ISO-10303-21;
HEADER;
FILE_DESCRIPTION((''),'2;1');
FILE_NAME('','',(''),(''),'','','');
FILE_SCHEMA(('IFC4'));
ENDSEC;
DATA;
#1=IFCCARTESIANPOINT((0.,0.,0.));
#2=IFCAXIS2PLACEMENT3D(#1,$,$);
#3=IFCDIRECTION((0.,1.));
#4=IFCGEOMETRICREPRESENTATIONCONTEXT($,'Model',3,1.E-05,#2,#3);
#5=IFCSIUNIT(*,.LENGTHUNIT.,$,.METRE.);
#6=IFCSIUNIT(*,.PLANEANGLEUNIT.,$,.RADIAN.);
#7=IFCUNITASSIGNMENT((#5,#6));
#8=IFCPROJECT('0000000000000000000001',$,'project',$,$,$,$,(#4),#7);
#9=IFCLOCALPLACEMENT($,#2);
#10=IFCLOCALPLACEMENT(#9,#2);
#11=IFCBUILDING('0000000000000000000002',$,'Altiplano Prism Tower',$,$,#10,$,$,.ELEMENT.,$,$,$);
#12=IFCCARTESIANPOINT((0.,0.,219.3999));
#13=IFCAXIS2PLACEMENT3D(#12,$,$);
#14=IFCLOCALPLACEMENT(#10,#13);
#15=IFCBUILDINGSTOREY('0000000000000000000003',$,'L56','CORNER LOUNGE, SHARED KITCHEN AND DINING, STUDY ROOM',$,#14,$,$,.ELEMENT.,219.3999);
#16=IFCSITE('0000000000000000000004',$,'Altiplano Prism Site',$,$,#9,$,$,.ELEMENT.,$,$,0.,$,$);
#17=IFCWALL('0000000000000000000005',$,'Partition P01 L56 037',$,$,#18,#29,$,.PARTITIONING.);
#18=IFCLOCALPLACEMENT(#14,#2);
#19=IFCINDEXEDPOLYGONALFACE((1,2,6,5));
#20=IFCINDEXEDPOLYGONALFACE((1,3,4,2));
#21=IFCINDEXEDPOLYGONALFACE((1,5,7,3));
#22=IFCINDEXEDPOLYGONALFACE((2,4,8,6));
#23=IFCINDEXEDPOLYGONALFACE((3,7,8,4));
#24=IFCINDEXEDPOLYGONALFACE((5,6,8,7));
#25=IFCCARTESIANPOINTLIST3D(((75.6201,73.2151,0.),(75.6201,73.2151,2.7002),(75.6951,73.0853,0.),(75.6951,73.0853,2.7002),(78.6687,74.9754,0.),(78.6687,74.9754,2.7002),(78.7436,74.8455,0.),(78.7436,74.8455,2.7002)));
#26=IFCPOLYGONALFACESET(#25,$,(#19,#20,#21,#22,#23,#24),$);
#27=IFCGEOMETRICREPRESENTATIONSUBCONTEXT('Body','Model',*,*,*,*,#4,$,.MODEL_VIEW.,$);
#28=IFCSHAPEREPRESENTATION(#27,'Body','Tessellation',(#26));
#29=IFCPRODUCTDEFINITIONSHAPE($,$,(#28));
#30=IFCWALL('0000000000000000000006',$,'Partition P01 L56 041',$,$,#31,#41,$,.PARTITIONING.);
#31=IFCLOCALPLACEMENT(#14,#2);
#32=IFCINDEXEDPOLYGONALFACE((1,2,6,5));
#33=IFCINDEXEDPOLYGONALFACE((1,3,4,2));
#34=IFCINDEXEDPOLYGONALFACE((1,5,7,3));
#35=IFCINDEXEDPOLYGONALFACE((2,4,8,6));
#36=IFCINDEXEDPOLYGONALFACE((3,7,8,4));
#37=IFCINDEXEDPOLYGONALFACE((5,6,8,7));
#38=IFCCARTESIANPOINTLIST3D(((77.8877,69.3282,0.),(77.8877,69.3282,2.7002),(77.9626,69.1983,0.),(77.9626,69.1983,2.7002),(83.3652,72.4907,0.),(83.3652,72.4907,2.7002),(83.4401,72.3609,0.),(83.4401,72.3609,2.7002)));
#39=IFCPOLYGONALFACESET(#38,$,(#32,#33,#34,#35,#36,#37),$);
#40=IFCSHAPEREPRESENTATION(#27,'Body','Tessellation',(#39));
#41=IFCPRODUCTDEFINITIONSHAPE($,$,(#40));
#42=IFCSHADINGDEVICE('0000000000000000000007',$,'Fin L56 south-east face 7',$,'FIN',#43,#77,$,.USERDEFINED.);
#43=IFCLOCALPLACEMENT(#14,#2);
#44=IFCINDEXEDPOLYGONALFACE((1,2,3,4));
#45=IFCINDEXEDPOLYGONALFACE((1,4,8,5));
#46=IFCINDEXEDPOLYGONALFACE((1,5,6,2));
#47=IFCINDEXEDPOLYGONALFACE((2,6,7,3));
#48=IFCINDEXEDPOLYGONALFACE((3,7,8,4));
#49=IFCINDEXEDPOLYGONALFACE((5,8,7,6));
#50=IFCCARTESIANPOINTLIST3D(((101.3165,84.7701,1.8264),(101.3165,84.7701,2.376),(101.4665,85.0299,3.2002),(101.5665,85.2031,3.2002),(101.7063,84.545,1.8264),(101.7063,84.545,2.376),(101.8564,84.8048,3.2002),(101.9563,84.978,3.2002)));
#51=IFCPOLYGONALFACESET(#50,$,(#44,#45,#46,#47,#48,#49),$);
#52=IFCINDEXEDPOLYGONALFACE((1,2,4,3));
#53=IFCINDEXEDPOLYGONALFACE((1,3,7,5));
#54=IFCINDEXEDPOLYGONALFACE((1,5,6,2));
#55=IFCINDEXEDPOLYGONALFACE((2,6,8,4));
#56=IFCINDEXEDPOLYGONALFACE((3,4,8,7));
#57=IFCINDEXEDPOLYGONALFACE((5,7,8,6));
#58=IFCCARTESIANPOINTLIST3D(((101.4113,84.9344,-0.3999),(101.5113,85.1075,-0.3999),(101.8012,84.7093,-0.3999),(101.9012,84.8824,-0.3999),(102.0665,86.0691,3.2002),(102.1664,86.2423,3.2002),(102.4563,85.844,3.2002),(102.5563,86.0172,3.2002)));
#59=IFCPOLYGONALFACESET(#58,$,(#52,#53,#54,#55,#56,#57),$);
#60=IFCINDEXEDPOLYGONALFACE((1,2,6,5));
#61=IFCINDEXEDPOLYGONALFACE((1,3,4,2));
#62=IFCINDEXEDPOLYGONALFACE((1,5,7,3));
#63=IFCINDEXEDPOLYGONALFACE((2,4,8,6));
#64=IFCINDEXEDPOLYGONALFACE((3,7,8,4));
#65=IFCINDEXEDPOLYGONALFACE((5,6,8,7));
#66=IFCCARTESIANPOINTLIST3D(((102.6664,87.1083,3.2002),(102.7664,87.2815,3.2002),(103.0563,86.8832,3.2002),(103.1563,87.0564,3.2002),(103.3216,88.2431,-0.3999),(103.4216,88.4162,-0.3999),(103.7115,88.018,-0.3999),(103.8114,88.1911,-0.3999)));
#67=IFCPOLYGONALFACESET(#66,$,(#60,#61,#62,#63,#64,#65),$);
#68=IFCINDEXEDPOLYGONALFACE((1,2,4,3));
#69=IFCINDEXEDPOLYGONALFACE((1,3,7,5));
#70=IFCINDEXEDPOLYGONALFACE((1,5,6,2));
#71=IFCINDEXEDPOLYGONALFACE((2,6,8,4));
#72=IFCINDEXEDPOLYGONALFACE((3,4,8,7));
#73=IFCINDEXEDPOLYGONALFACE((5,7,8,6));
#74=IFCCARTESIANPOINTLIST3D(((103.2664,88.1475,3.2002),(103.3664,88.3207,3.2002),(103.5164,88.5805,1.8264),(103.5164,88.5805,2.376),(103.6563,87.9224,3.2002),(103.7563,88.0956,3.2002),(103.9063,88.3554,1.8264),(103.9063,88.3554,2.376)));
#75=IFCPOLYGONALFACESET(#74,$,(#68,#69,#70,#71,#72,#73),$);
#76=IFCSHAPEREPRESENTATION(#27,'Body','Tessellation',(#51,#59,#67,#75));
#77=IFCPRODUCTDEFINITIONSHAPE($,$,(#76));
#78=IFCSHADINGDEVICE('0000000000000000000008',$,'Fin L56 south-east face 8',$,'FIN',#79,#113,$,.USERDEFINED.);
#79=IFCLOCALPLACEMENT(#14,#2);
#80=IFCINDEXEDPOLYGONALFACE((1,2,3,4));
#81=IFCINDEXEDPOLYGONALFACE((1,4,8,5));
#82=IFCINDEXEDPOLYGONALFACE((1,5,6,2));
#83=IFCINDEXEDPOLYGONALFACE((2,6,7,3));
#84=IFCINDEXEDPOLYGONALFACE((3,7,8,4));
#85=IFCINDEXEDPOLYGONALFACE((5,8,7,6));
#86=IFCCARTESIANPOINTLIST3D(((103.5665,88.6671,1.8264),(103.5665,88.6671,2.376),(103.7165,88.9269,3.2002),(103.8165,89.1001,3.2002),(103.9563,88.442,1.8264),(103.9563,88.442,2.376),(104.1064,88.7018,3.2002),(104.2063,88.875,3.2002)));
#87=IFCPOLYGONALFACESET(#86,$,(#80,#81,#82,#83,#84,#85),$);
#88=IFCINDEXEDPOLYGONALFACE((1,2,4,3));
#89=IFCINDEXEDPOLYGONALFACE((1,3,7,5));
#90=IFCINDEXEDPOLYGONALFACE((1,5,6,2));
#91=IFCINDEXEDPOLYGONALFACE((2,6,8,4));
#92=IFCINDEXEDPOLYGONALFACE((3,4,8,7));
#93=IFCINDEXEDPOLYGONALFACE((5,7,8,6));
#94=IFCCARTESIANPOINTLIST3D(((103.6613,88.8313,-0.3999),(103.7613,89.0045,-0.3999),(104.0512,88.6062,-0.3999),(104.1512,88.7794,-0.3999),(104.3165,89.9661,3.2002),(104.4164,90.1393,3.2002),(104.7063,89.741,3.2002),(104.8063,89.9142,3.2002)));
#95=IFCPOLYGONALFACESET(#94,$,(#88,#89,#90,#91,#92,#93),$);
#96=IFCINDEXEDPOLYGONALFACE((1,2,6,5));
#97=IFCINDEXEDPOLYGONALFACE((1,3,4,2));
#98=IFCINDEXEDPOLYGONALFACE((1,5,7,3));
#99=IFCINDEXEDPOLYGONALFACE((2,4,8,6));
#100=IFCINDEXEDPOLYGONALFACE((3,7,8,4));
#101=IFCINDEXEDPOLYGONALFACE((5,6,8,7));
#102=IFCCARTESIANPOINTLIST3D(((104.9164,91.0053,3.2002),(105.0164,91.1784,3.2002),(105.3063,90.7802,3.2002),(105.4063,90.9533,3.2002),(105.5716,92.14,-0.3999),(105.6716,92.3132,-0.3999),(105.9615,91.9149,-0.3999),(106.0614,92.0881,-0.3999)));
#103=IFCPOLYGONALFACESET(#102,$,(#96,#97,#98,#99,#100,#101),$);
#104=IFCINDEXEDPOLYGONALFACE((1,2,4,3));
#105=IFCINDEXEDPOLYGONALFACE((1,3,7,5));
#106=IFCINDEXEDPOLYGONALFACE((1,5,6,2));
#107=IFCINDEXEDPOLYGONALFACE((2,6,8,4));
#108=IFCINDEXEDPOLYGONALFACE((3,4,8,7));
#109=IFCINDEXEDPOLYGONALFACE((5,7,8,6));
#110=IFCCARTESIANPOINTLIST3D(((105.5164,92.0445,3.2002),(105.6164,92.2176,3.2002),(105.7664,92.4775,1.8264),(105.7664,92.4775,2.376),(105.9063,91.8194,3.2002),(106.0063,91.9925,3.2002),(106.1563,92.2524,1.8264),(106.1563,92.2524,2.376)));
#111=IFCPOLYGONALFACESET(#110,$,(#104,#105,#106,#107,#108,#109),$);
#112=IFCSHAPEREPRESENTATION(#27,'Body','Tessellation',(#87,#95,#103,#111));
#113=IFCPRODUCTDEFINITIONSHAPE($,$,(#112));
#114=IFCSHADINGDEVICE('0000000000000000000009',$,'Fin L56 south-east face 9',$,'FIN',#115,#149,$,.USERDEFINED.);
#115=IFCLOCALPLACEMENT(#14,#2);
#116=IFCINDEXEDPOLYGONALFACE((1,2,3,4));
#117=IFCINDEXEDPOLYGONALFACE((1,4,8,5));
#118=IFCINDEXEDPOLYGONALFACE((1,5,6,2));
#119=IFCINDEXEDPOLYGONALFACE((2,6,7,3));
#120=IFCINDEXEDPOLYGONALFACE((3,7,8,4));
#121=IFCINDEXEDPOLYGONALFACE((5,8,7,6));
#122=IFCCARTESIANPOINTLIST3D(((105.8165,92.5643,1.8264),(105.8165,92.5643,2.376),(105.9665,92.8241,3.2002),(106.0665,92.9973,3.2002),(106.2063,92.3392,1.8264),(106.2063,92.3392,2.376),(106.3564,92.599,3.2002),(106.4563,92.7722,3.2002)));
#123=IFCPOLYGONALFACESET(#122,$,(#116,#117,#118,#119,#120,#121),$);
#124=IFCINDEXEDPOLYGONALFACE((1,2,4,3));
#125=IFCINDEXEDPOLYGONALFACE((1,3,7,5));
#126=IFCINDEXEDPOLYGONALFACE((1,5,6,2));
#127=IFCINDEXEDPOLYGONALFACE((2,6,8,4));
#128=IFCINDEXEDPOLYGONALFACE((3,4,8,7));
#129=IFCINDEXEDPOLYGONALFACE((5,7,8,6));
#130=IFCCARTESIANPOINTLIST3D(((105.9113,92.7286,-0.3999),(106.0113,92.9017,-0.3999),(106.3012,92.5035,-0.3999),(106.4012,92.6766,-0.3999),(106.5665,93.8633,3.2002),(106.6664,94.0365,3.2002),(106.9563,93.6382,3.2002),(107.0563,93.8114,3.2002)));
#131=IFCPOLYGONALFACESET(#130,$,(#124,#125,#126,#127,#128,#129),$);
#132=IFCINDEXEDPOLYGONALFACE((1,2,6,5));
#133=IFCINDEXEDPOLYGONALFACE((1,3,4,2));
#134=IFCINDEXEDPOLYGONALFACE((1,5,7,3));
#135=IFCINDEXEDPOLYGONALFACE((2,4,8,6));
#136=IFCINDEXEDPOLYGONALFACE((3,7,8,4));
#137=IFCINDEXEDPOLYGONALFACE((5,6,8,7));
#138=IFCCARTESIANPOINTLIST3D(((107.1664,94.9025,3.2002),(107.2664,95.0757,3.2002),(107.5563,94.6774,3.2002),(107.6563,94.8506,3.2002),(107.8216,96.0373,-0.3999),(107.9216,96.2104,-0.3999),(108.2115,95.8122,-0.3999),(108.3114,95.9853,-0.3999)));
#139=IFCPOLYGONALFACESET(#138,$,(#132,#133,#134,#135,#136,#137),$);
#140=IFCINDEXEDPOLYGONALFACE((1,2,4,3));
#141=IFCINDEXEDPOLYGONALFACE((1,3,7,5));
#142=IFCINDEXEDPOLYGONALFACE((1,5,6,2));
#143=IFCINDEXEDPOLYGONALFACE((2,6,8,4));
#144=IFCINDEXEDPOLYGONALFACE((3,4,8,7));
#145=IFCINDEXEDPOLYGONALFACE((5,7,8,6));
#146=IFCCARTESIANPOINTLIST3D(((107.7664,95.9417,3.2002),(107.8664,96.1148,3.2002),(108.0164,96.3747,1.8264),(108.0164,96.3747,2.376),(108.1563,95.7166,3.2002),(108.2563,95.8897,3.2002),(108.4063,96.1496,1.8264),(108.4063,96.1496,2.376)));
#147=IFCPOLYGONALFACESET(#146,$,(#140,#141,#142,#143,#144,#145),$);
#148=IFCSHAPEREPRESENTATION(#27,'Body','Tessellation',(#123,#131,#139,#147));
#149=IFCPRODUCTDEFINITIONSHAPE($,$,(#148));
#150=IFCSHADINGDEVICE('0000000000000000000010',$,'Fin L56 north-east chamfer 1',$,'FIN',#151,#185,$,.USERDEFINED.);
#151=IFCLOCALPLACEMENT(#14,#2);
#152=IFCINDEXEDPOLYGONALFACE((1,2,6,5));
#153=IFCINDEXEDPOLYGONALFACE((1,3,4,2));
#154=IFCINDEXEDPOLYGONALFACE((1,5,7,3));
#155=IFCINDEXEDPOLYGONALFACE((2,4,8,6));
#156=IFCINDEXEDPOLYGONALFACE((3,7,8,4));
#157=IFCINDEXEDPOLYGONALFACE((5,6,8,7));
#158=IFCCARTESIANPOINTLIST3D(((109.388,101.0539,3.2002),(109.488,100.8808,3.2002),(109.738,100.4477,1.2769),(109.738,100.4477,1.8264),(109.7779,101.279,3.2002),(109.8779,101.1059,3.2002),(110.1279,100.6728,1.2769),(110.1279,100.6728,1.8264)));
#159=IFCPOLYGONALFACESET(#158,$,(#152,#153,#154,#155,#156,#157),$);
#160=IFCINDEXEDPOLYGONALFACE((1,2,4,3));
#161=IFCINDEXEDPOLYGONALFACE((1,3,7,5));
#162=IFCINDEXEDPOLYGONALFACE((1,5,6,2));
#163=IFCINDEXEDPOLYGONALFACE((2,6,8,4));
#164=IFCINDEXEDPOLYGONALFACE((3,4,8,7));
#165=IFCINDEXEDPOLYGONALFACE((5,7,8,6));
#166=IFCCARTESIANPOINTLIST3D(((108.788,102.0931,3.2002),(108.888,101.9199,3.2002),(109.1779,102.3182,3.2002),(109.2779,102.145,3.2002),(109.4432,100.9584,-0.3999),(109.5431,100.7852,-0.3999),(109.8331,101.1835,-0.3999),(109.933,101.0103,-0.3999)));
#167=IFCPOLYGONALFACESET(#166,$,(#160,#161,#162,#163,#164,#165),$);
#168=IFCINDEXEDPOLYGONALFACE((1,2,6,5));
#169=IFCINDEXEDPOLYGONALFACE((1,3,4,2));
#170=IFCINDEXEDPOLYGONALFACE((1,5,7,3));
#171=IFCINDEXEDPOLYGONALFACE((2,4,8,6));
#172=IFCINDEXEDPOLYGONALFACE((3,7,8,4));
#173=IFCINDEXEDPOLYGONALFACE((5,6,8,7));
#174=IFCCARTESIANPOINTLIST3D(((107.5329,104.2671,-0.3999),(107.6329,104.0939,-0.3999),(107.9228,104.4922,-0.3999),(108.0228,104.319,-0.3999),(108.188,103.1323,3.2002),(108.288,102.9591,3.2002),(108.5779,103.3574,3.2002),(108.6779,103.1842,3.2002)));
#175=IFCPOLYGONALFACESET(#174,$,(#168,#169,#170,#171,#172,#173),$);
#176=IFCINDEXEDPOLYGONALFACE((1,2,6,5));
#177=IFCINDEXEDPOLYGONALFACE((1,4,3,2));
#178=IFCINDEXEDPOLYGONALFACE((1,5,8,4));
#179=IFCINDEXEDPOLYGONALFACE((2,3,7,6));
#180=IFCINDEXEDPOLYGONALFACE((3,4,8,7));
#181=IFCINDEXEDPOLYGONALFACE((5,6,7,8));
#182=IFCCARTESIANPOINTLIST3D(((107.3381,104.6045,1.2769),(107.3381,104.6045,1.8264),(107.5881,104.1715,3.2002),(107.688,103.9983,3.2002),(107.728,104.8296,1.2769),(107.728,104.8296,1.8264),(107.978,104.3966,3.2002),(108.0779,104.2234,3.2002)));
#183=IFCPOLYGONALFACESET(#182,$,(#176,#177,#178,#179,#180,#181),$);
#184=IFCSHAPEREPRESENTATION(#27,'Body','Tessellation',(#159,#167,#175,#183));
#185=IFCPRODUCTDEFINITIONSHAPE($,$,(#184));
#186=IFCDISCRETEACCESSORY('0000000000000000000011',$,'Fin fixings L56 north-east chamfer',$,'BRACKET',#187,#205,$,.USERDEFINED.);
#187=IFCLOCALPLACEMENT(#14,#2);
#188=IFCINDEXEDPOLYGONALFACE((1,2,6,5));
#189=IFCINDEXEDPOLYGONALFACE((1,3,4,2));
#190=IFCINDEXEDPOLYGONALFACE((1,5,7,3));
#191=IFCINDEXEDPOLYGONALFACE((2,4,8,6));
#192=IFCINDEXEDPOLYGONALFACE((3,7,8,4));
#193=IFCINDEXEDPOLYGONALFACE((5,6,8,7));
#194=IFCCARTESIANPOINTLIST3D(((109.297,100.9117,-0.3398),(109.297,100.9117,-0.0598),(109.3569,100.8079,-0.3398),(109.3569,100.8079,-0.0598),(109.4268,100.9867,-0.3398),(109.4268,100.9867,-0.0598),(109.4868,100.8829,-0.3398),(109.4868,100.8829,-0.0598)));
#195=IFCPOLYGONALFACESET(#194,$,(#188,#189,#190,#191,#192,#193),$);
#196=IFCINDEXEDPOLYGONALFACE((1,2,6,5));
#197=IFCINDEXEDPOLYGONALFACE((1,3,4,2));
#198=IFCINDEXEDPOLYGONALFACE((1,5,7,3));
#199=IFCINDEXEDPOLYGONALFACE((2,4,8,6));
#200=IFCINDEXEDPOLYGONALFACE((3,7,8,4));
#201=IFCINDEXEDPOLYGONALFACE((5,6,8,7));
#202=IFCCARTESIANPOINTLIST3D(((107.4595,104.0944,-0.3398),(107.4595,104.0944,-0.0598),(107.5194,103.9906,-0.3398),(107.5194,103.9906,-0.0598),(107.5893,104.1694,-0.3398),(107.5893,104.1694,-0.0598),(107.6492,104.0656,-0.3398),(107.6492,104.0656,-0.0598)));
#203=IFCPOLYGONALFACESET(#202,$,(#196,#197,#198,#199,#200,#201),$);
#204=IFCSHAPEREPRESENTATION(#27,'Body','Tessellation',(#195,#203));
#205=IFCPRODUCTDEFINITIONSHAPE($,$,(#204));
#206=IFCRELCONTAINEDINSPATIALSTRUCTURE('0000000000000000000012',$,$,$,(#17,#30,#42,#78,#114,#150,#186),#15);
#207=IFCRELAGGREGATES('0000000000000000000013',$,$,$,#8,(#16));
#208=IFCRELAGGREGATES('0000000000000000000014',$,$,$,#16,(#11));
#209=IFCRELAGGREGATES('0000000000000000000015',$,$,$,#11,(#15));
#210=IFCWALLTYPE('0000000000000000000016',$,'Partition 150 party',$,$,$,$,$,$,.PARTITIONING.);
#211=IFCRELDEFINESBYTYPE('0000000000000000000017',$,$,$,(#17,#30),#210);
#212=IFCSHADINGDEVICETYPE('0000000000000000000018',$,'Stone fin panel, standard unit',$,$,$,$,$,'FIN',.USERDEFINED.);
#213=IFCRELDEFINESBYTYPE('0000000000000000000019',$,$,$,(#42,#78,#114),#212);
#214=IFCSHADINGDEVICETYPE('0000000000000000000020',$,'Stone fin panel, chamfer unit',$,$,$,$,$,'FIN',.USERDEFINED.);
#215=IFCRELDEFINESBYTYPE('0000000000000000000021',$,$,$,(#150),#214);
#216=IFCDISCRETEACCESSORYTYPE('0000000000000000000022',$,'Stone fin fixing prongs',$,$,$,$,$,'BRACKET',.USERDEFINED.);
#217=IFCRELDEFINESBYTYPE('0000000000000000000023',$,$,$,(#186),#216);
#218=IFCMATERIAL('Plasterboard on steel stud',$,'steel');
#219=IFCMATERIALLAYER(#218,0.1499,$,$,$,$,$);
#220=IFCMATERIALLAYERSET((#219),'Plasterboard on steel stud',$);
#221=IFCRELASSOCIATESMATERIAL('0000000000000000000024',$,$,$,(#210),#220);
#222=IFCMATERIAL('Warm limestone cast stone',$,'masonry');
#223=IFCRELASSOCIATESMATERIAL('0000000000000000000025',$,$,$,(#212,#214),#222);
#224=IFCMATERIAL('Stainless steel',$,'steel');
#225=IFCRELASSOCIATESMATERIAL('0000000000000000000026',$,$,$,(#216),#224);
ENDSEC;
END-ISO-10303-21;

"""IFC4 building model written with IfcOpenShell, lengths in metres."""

from ifc_helpers import new_model, si_unit, direction, frame, frame_2d, origin, place, context, subcontext, project, spatial, polyline, rectangle, outline, extrude, source, transform, mapped, material, layer, layer_set, type_object, element, save


model = new_model("IFC4")

# Units and contexts
model_context = context("Model", 3, precision=1e-05, world=origin(), true_north=direction((0.0, 1.0)))
body_context = subcontext(model_context, "Body", "Model", "MODEL_VIEW")
ifc_project = project(units=[si_unit("LENGTHUNIT", "METRE"), si_unit("PLANEANGLEUNIT", "RADIAN")], contexts=[model_context])

# Site, building, storey
site_placement = place(None, origin())
site = spatial("IfcSite", under=ifc_project, at=site_placement, Name="Altiplano Prism Site", CompositionType="ELEMENT", RefElevation=0.0)
building_placement = place(site_placement, origin())
building = spatial("IfcBuilding", under=site, at=building_placement, Name="Altiplano Prism Tower", CompositionType="ELEMENT")
storey_placement = place(building_placement, frame((0.0, 0.0, 219.3999)))
storey = spatial("IfcBuildingStorey", under=building, at=storey_placement, Name="L56", Description="CORNER LOUNGE, SHARED KITCHEN AND DINING, STUDY ROOM", CompositionType="ELEMENT", Elevation=219.3999)

# Walls
ifc_material_1 = material(Name="Plasterboard on steel stud", Category="steel")
ifc_layer_1 = layer(ifc_material_1, 0.1499)
ifc_layer_set_1 = layer_set([ifc_layer_1], Name="Plasterboard on steel stud")
wall_type_1 = type_object("IfcWallType", Name="Partition 150 party", PredefinedType="PARTITIONING", material=ifc_layer_set_1)
wall_1_placement = place(storey_placement, frame((75.6575, 73.1501, 0.0), z_axis=(0.0, 0.0, 1.0), x_axis=(0.866007, 0.500033, 0.0)))
element("IfcWall", 1, at=wall_1_placement, inside=storey, type_object=wall_type_1, Name="Partition P01 L56 037", PredefinedType="PARTITIONING", context=body_context, shape_type="SweptSolid", body=[
    extrude(rectangle(XDim=3.5203, YDim=0.1499, at=frame_2d((1.7603, 0.0))), origin(), (0.0, 0.0, 1.0), 2.7002),
])
wall_2_placement = place(storey_placement, frame((77.925, 69.2632, 0.0), z_axis=(0.0, 0.0, 1.0), x_axis=(0.866016, 0.500016, 0.0)))
element("IfcWall", 2, at=wall_2_placement, inside=storey, type_object=wall_type_1, Name="Partition P01 L56 041", PredefinedType="PARTITIONING", context=body_context, shape_type="SweptSolid", body=[
    extrude(rectangle(XDim=6.325, YDim=0.1499, at=frame_2d((3.1626, 0.0))), origin(), (0.0, 0.0, 1.0), 2.7002),
])

# Shading devices
ifc_material_2 = material(Name="Warm limestone cast stone", Category="masonry")
shading_device_type_1 = type_object("IfcShadingDeviceType", Name="Stone fin panel, standard unit", ElementType="FIN", PredefinedType="USERDEFINED", material=ifc_material_2)
shared_shape_1 = source(origin(), body_context, "Body", "SweptSolid", [
    extrude(outline(polyline([(-2.2, 2.2263), (-1.7, 3.6001), (-1.8999, 3.6001), (-2.2, 2.7759), (-2.2, 2.2263)])), frame((0.0, -0.1499, 0.0), z_axis=(0.0, -1.0, 0.0), x_axis=(1.0, 0.0, 0.0)), (0.0, 0.0, 1.0), 0.4502),
    extrude(outline(polyline([(-2.0103, 0.0), (-1.8103, 0.0), (-0.5, 3.6001), (-0.7, 3.6001), (-2.0103, 0.0)])), frame((0.0, -0.1499, 0.0), z_axis=(0.0, -1.0, 0.0), x_axis=(1.0, 0.0, 0.0)), (0.0, 0.0, 1.0), 0.4502),
    extrude(outline(polyline([(1.8103, 0.0), (2.0103, 0.0), (0.7, 3.6001), (0.5, 3.6001), (1.8103, 0.0)])), frame((0.0, -0.1499, 0.0), z_axis=(0.0, -1.0, 0.0), x_axis=(1.0, 0.0, 0.0)), (0.0, 0.0, 1.0), 0.4502),
    extrude(outline(polyline([(2.2, 2.7759), (1.8999, 3.6001), (1.7, 3.6001), (2.2, 2.2263), (2.2, 2.7759)])), frame((0.0, -0.1499, 0.0), z_axis=(0.0, -1.0, 0.0), x_axis=(1.0, 0.0, 0.0)), (0.0, 0.0, 1.0), 0.4502),
])
shading_device_1_placement = place(storey_placement, origin())
element("IfcShadingDevice", 3, at=shading_device_1_placement, inside=storey, type_object=shading_device_type_1, Name="Fin L56 south-east face 7", ObjectType="FIN", PredefinedType="USERDEFINED", context=body_context, shape_type="MappedRepresentation", body=[
    mapped(shared_shape_1, transform((102.2866, 86.7502, -0.3999), x_axis=(0.5, 0.866025, 0.0), y_axis=(-0.866025, 0.5, 0.0), z_axis=(0.0, 0.0, 1.0))),
])
shading_device_2_placement = place(storey_placement, origin())
element("IfcShadingDevice", 4, at=shading_device_2_placement, inside=storey, type_object=shading_device_type_1, Name="Fin L56 south-east face 8", ObjectType="FIN", PredefinedType="USERDEFINED", context=body_context, shape_type="MappedRepresentation", body=[
    mapped(shared_shape_1, transform((104.5366, 90.6472, -0.3999), x_axis=(0.5, 0.866025, 0.0), y_axis=(-0.866025, 0.5, 0.0), z_axis=(0.0, 0.0, 1.0))),
])
shading_device_3_placement = place(storey_placement, origin())
element("IfcShadingDevice", 5, at=shading_device_3_placement, inside=storey, type_object=shading_device_type_1, Name="Fin L56 south-east face 9", ObjectType="FIN", PredefinedType="USERDEFINED", context=body_context, shape_type="MappedRepresentation", body=[
    mapped(shared_shape_1, transform((106.7866, 94.5444, -0.3999), x_axis=(0.5, 0.866025, 0.0), y_axis=(-0.866025, 0.5, 0.0), z_axis=(0.0, 0.0, 1.0))),
])
shading_device_type_2 = type_object("IfcShadingDeviceType", Name="Stone fin panel, chamfer unit", ElementType="FIN", PredefinedType="USERDEFINED", material=ifc_material_2)
shared_shape_2 = source(origin(), body_context, "Body", "SweptSolid", [
    extrude(outline(polyline([(-2.3999, 1.6768), (-1.7, 3.6001), (-1.8999, 3.6001), (-2.3999, 2.2263), (-2.3999, 1.6768)])), frame((0.0, -0.1499, 0.0), z_axis=(0.0, -1.0, 0.0), x_axis=(1.0, 0.0, 0.0)), (0.0, 0.0, 1.0), 0.4502),
    extrude(outline(polyline([(-2.0103, 0.0), (-1.8103, 0.0), (-0.5, 3.6001), (-0.7, 3.6001), (-2.0103, 0.0)])), frame((0.0, -0.1499, 0.0), z_axis=(0.0, -1.0, 0.0), x_axis=(1.0, 0.0, 0.0)), (0.0, 0.0, 1.0), 0.4502),
    extrude(outline(polyline([(1.8103, 0.0), (2.0103, 0.0), (0.7, 3.6001), (0.5, 3.6001), (1.8103, 0.0)])), frame((0.0, -0.1499, 0.0), z_axis=(0.0, -1.0, 0.0), x_axis=(1.0, 0.0, 0.0)), (0.0, 0.0, 1.0), 0.4502),
    extrude(outline(polyline([(2.3999, 2.2263), (1.8999, 3.6001), (1.7, 3.6001), (2.3999, 1.6768), (2.3999, 2.2263)])), frame((0.0, -0.1499, 0.0), z_axis=(0.0, -1.0, 0.0), x_axis=(1.0, 0.0, 0.0)), (0.0, 0.0, 1.0), 0.4502),
])
shading_device_4_placement = place(storey_placement, origin())
element("IfcShadingDevice", 6, at=shading_device_4_placement, inside=storey, type_object=shading_device_type_2, Name="Fin L56 north-east chamfer 1", ObjectType="FIN", PredefinedType="USERDEFINED", context=body_context, shape_type="MappedRepresentation", body=[
    mapped(shared_shape_2, transform((108.4082, 102.4512, -0.3999), x_axis=(-0.5, 0.866025, 0.0), y_axis=(-0.866025, -0.5, 0.0), z_axis=(0.0, 0.0, 1.0))),
])

# Discrete accessory
ifc_material_3 = material(Name="Stainless steel", Category="steel")
discrete_accessory_type = type_object("IfcDiscreteAccessoryType", Name="Stone fin fixing prongs", ElementType="BRACKET", PredefinedType="USERDEFINED", material=ifc_material_3)
shared_shape_3 = source(origin(), body_context, "Body", "SweptSolid", [
    extrude(outline(polyline([(-1.8975, 0.0601), (-1.7776, 0.0601), (-1.7776, 0.3401), (-1.8975, 0.3401), (-1.8975, 0.0601)])), frame((0.0, 0.0, 0.0), z_axis=(0.0, -1.0, 0.0), x_axis=(1.0, 0.0, 0.0)), (0.0, 0.0, 1.0), 0.1499),
    extrude(outline(polyline([(1.7776, 0.0601), (1.8975, 0.0601), (1.8975, 0.3401), (1.7776, 0.3401), (1.7776, 0.0601)])), frame((0.0, 0.0, 0.0), z_axis=(0.0, -1.0, 0.0), x_axis=(1.0, 0.0, 0.0)), (0.0, 0.0, 1.0), 0.1499),
])
discrete_accessory_1_placement = place(storey_placement, origin())
element("IfcDiscreteAccessory", 7, at=discrete_accessory_1_placement, inside=storey, type_object=discrete_accessory_type, Name="Fin fixings L56 north-east chamfer", ObjectType="BRACKET", PredefinedType="USERDEFINED", context=body_context, shape_type="MappedRepresentation", body=[
    mapped(shared_shape_3, transform((108.4082, 102.4512, -0.3999), x_axis=(-0.5, 0.866025, 0.0), y_axis=(-0.866025, -0.5, 0.0), z_axis=(0.0, 0.0, 1.0))),
])

save(model, "model.ifc")
